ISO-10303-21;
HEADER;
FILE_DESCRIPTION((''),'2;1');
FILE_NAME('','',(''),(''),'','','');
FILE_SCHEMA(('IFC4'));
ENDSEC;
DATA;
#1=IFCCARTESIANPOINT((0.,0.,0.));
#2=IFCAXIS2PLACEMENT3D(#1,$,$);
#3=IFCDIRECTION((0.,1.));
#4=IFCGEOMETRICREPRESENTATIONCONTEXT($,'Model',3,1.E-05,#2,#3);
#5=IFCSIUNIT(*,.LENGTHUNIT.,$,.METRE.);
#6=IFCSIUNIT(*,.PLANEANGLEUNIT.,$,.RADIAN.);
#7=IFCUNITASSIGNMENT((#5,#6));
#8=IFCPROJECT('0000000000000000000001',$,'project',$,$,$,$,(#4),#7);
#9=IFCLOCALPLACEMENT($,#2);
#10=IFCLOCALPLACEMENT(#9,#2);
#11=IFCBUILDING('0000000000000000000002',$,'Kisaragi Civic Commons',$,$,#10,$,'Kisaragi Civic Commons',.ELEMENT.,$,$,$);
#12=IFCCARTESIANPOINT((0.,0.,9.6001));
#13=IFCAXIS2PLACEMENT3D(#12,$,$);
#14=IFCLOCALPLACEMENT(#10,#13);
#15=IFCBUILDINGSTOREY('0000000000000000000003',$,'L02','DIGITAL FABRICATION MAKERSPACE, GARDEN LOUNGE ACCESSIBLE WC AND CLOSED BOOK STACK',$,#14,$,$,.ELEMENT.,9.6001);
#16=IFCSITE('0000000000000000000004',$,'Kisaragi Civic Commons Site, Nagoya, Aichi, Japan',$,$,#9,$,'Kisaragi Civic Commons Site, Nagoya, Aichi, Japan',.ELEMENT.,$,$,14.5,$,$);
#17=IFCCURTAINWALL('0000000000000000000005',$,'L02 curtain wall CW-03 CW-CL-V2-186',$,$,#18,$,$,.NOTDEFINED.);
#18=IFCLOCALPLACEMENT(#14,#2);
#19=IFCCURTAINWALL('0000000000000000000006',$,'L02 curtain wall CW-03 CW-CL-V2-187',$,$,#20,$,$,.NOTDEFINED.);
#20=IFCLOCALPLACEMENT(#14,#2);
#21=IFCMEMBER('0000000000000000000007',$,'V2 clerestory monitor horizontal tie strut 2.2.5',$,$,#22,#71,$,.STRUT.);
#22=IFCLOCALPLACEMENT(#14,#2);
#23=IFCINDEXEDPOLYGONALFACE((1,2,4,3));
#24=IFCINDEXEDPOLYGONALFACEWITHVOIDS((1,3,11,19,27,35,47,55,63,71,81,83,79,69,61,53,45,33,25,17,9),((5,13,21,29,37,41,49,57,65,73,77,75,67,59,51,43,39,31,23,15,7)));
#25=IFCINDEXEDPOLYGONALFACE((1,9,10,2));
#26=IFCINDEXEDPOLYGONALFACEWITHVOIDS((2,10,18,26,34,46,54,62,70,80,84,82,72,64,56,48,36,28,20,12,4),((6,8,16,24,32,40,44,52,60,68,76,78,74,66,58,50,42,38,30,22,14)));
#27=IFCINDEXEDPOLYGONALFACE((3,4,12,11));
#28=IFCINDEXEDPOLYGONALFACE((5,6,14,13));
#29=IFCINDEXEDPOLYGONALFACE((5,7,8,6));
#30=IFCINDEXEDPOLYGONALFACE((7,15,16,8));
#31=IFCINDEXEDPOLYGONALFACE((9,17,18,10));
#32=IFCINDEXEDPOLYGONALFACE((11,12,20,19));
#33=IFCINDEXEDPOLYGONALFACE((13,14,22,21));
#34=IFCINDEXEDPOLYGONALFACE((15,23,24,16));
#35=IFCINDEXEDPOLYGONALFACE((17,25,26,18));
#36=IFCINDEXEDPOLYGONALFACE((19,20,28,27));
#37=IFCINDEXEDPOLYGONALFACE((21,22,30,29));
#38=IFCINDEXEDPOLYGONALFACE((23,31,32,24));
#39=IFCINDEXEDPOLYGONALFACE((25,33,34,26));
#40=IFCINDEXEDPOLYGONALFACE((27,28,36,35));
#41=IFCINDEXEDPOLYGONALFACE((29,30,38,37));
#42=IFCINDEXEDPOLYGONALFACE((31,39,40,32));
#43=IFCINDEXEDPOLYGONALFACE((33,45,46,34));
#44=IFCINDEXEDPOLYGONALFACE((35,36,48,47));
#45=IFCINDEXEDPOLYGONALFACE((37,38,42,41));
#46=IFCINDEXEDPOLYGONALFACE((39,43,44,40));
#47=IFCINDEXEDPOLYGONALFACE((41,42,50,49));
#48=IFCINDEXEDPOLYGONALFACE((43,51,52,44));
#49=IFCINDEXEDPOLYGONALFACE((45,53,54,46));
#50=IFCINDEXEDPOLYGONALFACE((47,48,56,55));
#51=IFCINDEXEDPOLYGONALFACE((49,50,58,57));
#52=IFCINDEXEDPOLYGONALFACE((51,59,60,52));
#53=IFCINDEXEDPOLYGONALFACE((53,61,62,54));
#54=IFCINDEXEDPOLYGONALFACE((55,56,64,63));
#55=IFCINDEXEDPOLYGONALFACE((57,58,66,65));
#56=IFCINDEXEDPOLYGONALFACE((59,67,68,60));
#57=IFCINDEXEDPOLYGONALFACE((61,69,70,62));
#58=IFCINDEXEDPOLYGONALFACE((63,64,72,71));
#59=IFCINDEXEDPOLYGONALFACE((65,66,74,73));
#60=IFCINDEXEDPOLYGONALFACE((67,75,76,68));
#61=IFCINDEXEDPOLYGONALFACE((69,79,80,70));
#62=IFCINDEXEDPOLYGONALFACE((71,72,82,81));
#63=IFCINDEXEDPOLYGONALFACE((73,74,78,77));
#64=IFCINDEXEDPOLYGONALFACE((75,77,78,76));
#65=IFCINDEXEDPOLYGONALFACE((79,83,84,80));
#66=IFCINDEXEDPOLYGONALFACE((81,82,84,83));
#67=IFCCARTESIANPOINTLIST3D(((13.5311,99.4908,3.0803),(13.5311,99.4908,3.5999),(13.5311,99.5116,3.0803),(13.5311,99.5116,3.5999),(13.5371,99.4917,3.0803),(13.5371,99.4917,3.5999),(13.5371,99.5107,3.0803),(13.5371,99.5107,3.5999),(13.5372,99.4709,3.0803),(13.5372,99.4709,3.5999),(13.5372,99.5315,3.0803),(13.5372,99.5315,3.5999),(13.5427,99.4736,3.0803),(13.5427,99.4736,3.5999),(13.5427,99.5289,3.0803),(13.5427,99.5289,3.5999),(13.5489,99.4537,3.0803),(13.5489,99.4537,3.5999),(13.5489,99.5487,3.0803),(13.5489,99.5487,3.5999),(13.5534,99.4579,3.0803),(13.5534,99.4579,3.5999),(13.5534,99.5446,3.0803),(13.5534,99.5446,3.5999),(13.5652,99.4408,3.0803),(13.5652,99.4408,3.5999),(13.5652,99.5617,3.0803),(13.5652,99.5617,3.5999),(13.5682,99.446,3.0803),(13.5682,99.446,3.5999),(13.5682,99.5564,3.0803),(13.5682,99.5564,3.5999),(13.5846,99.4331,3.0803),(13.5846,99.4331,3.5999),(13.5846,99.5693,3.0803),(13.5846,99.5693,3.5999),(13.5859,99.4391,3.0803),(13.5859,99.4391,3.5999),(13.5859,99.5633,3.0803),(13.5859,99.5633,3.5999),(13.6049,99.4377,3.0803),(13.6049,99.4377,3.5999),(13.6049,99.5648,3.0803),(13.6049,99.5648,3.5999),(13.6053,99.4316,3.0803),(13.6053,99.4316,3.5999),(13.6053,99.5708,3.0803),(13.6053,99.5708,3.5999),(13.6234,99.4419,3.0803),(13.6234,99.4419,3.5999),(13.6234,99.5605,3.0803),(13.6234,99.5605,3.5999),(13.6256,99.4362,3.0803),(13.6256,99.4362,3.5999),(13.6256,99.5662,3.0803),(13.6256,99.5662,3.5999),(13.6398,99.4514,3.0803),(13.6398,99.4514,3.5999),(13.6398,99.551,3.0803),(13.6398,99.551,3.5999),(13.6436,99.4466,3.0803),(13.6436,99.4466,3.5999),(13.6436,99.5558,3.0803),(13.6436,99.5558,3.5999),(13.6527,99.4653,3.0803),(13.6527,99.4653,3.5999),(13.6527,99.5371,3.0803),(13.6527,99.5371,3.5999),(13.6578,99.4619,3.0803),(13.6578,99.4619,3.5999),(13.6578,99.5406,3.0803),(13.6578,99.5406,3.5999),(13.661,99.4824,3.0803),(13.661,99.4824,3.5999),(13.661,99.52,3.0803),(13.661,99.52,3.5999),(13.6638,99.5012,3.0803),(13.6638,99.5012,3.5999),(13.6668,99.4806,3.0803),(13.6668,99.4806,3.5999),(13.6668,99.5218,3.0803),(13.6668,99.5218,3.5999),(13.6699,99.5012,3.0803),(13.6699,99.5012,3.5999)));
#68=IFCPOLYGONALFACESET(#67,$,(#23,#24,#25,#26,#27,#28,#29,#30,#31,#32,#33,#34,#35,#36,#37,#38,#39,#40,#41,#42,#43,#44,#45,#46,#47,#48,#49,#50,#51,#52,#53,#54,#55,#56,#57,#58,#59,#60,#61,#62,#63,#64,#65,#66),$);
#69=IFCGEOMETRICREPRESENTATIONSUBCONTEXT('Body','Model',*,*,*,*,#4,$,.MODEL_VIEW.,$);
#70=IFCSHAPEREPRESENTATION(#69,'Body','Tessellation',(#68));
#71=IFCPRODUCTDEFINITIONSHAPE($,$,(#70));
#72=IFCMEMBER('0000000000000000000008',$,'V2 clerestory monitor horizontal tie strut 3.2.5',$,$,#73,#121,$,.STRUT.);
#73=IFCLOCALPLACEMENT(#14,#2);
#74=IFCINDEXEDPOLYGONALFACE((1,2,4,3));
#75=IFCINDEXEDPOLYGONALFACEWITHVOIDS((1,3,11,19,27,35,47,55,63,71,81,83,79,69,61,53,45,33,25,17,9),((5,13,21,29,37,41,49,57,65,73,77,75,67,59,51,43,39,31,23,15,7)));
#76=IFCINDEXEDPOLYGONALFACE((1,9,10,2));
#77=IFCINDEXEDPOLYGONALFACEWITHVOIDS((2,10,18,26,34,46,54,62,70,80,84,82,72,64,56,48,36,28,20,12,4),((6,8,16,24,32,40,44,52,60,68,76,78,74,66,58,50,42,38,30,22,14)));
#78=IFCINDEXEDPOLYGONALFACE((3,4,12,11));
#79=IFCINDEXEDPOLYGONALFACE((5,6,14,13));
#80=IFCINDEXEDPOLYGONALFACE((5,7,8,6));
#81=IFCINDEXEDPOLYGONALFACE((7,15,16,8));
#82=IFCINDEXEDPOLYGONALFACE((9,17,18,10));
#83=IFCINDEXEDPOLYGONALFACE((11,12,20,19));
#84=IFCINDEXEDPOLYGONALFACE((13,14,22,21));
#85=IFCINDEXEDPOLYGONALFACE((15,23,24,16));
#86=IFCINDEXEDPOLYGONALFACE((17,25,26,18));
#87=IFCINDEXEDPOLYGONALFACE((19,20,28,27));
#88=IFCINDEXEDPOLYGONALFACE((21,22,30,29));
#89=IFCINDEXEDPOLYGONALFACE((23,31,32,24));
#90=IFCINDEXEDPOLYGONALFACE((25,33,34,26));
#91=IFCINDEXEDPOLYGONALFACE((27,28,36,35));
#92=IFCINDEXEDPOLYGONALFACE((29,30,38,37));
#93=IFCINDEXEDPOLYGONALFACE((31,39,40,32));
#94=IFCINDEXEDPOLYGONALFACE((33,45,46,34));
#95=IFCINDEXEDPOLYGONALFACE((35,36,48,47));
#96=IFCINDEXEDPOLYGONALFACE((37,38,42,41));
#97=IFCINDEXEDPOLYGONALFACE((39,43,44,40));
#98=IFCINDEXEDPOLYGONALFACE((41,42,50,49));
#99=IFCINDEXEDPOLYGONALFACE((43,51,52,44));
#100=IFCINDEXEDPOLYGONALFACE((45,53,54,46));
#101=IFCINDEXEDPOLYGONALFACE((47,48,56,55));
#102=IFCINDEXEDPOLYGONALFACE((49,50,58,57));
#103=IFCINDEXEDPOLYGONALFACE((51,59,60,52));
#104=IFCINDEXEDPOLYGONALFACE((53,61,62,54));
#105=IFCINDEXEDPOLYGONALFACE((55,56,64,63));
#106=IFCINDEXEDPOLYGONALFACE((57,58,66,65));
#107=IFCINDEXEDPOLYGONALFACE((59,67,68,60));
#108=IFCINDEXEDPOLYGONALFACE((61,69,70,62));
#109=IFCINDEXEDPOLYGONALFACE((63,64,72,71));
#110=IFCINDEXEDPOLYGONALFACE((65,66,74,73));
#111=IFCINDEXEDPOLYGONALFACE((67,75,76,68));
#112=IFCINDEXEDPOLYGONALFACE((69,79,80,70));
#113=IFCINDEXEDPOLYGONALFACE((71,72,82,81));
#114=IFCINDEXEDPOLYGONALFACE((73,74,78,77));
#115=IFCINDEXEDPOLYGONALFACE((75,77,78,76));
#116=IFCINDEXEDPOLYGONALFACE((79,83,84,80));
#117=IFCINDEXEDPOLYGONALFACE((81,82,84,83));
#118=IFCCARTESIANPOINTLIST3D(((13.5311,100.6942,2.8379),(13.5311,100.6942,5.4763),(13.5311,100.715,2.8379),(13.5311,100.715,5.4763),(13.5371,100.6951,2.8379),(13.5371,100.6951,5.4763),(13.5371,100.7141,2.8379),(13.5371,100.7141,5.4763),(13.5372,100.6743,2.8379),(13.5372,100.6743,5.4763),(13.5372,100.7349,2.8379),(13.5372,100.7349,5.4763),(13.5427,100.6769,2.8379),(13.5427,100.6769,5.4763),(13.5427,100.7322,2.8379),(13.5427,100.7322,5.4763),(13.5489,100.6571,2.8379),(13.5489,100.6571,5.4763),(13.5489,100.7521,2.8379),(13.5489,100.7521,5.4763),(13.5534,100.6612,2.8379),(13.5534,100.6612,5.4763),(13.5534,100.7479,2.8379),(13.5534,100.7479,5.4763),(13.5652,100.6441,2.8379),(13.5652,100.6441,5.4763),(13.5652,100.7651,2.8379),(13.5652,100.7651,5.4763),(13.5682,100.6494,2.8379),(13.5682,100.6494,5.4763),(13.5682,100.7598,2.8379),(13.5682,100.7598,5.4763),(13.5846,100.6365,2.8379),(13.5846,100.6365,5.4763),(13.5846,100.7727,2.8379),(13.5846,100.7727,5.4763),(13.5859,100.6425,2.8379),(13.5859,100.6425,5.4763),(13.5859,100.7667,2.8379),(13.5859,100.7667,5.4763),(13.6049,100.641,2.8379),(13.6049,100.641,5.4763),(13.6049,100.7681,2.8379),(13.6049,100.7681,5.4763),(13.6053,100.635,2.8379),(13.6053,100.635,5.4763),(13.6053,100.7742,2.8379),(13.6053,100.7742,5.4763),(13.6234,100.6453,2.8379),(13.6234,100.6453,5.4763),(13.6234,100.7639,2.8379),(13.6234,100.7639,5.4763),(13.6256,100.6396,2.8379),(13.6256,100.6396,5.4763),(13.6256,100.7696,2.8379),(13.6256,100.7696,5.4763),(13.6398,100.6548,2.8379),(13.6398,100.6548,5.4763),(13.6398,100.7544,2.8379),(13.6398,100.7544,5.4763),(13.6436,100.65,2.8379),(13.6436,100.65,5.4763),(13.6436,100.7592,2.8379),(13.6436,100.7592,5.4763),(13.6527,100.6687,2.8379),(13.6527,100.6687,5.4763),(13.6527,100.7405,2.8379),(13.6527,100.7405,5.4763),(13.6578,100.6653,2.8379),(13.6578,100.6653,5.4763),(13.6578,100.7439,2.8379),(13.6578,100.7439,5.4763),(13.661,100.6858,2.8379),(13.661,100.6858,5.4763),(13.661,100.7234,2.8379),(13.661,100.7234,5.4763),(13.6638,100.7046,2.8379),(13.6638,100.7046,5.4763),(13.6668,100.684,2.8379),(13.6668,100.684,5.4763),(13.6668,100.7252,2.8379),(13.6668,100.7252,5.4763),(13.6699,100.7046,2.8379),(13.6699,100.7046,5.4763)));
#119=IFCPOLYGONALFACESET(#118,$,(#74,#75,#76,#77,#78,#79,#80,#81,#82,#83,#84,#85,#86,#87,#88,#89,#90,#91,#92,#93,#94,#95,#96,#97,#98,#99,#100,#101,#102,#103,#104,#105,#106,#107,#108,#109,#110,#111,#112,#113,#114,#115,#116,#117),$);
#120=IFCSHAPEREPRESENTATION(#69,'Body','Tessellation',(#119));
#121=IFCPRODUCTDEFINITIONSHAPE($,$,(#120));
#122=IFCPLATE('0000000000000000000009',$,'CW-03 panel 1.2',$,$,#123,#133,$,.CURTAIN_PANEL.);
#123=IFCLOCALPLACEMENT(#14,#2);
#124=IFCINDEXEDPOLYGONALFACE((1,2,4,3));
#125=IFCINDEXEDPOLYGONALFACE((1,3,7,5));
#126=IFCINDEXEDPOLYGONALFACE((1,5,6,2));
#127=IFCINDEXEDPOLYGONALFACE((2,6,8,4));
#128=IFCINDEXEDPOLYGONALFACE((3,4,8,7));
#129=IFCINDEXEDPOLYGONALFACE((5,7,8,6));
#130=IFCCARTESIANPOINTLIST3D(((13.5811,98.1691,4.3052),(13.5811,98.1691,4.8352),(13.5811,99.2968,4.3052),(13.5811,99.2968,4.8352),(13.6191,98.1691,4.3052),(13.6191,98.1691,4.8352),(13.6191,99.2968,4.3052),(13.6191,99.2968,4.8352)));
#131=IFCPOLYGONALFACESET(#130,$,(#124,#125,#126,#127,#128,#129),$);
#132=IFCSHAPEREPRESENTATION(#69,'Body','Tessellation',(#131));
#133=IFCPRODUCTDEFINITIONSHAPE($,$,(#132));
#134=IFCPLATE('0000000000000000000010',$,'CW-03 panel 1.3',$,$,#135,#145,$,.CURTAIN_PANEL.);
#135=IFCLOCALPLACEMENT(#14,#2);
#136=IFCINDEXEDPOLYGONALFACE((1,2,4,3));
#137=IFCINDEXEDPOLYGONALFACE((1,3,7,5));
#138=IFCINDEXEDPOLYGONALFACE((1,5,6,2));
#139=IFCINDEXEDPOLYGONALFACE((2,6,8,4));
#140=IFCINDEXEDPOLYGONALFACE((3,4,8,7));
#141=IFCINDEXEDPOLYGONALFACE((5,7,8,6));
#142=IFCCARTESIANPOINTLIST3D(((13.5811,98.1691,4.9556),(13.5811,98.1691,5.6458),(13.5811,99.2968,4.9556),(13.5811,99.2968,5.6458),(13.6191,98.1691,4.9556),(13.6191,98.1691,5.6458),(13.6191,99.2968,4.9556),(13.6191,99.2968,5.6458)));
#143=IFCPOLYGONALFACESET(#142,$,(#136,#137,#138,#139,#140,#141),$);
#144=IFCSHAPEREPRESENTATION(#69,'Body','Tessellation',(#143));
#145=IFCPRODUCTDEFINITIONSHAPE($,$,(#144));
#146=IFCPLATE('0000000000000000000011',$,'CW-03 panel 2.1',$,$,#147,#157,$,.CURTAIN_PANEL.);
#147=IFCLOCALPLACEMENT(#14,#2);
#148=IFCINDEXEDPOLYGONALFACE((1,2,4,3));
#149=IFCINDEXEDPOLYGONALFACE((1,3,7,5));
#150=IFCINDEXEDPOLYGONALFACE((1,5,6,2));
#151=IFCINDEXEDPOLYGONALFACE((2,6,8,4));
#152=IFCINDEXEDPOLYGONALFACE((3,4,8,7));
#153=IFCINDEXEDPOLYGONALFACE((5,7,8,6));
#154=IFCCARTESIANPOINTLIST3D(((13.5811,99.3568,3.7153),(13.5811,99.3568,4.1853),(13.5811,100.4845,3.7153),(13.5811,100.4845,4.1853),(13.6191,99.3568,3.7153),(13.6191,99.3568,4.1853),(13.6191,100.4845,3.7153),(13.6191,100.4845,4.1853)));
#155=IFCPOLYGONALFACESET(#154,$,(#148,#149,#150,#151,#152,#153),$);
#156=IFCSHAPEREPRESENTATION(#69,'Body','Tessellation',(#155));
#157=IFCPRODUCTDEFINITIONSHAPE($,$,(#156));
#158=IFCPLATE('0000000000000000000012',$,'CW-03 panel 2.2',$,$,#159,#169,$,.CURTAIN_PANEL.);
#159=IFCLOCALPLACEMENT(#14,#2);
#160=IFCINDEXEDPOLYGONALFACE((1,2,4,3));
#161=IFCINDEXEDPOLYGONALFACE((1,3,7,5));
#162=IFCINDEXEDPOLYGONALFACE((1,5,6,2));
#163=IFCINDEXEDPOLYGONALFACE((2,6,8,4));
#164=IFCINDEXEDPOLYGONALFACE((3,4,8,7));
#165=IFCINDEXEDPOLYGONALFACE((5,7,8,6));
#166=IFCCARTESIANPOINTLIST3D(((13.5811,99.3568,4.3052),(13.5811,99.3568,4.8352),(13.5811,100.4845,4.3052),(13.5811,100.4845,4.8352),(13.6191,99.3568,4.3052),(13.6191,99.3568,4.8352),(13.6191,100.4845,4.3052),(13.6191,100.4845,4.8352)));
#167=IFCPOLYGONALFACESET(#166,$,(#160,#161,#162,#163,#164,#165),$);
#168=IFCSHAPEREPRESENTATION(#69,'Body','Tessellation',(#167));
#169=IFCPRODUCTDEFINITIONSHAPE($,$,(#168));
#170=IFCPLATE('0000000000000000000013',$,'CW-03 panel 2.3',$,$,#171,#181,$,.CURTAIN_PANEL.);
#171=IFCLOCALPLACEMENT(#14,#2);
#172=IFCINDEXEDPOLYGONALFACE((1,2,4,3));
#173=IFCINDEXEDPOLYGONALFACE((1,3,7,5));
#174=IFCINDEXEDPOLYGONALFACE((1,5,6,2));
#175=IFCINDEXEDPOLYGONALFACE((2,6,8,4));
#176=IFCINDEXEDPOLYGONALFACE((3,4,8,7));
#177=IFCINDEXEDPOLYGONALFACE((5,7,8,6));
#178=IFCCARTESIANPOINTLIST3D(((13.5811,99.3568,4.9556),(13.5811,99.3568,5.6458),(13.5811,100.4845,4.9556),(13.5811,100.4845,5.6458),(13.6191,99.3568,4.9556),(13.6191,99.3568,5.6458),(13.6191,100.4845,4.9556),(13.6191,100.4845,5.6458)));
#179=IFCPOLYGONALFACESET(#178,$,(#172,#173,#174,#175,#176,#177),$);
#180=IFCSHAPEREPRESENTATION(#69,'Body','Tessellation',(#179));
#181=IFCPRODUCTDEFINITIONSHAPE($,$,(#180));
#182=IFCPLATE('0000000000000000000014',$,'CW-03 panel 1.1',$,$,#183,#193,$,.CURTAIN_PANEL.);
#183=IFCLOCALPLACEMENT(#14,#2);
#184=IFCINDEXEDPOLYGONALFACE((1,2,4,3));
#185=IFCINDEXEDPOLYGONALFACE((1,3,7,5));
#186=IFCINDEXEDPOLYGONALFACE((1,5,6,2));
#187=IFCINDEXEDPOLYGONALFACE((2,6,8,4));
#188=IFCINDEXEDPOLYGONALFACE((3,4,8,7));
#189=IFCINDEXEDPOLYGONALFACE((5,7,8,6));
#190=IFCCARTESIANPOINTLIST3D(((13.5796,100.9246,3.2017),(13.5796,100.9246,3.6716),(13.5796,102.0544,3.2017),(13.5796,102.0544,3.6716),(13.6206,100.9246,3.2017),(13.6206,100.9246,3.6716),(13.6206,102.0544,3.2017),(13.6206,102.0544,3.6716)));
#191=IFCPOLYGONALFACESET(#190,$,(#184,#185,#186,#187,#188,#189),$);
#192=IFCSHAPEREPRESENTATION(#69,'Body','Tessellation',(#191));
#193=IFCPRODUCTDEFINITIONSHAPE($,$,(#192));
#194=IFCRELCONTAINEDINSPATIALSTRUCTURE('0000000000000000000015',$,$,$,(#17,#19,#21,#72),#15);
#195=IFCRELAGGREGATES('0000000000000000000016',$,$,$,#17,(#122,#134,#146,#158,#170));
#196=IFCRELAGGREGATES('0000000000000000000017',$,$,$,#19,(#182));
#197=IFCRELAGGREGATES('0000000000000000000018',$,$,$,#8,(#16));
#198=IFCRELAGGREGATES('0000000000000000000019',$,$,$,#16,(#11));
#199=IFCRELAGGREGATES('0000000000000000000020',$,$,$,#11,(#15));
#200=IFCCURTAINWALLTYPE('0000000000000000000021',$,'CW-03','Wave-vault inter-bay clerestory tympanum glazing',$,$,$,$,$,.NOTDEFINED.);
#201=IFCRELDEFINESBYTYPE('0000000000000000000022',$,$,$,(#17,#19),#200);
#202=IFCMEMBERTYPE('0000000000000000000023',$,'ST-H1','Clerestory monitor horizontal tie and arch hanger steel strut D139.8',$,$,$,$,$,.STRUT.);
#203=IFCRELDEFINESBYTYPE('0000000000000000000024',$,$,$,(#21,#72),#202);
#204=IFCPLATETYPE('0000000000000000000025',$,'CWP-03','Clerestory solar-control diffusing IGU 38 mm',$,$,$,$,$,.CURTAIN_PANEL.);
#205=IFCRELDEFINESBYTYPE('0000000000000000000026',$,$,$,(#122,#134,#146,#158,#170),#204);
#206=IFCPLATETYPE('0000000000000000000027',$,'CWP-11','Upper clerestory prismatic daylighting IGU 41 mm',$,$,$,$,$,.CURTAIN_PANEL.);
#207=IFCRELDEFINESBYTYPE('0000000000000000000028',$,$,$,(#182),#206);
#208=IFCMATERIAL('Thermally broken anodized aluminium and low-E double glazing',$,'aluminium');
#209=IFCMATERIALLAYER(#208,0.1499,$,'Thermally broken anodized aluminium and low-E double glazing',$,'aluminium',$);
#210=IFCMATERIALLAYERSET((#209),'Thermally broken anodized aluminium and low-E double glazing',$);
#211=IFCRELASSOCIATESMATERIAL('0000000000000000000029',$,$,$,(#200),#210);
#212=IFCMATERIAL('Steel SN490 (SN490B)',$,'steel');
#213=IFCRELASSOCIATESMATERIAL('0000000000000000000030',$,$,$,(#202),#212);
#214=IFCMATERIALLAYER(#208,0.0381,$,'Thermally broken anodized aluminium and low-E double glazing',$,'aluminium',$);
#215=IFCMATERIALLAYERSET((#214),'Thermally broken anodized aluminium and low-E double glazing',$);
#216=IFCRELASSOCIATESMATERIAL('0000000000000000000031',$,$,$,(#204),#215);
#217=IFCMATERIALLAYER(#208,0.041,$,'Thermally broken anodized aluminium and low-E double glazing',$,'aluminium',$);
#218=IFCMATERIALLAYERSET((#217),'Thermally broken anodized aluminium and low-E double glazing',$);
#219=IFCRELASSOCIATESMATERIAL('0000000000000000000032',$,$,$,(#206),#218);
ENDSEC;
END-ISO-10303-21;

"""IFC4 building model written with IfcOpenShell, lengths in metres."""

from ifc_helpers import new_model, si_unit, direction, frame, origin, origin_2d, place, context, subcontext, project, spatial, rectangle, hollow_circle, extrude, material, layer, layer_set, material_profile, profile_set, type_object, element, aggregate, save


model = new_model("IFC4")

# Units and contexts
model_context = context("Model", 3, precision=1e-05, world=origin(), true_north=direction((0.0, 1.0)))
body_context = subcontext(model_context, "Body", "Model", "MODEL_VIEW")
ifc_project = project(units=[si_unit("LENGTHUNIT", "METRE"), si_unit("PLANEANGLEUNIT", "RADIAN")], contexts=[model_context])

# Site, building, storey
site_placement = place(None, origin())
site = spatial("IfcSite", under=ifc_project, at=site_placement, Name="Kisaragi Civic Commons Site, Nagoya, Aichi, Japan", LongName="Kisaragi Civic Commons Site, Nagoya, Aichi, Japan", CompositionType="ELEMENT", RefElevation=14.5)
building_placement = place(site_placement, origin())
building = spatial("IfcBuilding", under=site, at=building_placement, Name="Kisaragi Civic Commons", LongName="Kisaragi Civic Commons", CompositionType="ELEMENT")
storey_placement = place(building_placement, frame((0.0, 0.0, 9.6001)))
storey = spatial("IfcBuildingStorey", under=building, at=storey_placement, Name="L02", Description="DIGITAL FABRICATION MAKERSPACE, GARDEN LOUNGE ACCESSIBLE WC AND CLOSED BOOK STACK", CompositionType="ELEMENT", Elevation=9.6001)

# Curtain walls
ifc_material_1 = material(Name="Thermally broken anodized aluminium and low-E double glazing", Category="aluminium")
ifc_layer_1 = layer(ifc_material_1, 0.1499, Name="Thermally broken anodized aluminium and low-E double glazing", Category="aluminium")
ifc_layer_set_1 = layer_set([ifc_layer_1], Name="Thermally broken anodized aluminium and low-E double glazing")
curtain_wall_type = type_object("IfcCurtainWallType", Name="CW-03", Description="Wave-vault inter-bay clerestory tympanum glazing", PredefinedType="NOTDEFINED", material=ifc_layer_set_1)
curtain_wall_1_placement = place(storey_placement, origin())
curtain_wall_1 = element("IfcCurtainWall", 1, at=curtain_wall_1_placement, inside=storey, type_object=curtain_wall_type, Name="L02 curtain wall CW-03 CW-CL-V2-186", PredefinedType="NOTDEFINED")
curtain_wall_2_placement = place(storey_placement, origin())
curtain_wall_2 = element("IfcCurtainWall", 2, at=curtain_wall_2_placement, inside=storey, type_object=curtain_wall_type, Name="L02 curtain wall CW-03 CW-CL-V2-187", PredefinedType="NOTDEFINED")

# Members
ifc_material_2 = material(Name="Steel SN490 (SN490B)", Category="steel")
ifc_material_profile_1 = material_profile(ifc_material_2, hollow_circle(Radius=0.0698, WallThickness=0.0061, at=origin_2d()), Name="CHS-139.8x6.0", Category="steel")
ifc_profile_set_1 = profile_set([ifc_material_profile_1], Name="Steel SN490 (SN490B)")
member_type_1 = type_object("IfcMemberType", Name="ST-H1", Description="Clerestory monitor horizontal tie and arch hanger steel strut D139.8", PredefinedType="STRUT", material=ifc_profile_set_1)
member_1_placement = place(storey_placement, frame((13.6001, 99.5012, 3.0803), z_axis=(0.0, 0.0, 1.0), x_axis=(1.0, 0.0, 0.0)))
element("IfcMember", 3, at=member_1_placement, inside=storey, type_object=member_type_1, Name="V2 clerestory monitor horizontal tie strut 2.2.5", PredefinedType="STRUT", context=body_context, shape_type="SweptSolid", body=[
    extrude(hollow_circle(Radius=0.0698, WallThickness=0.0061, at=origin_2d()), origin(), (0.0, 0.0, 1.0), 0.5195),
])
member_2_placement = place(storey_placement, frame((13.6001, 100.7046, 2.8379), z_axis=(0.0, 0.0, 1.0), x_axis=(1.0, 0.0, 0.0)))
element("IfcMember", 4, at=member_2_placement, inside=storey, type_object=member_type_1, Name="V2 clerestory monitor horizontal tie strut 3.2.5", PredefinedType="STRUT", context=body_context, shape_type="SweptSolid", body=[
    extrude(hollow_circle(Radius=0.0698, WallThickness=0.0061, at=origin_2d()), origin(), (0.0, 0.0, 1.0), 2.6384),
])

# Plates
ifc_layer_2 = layer(ifc_material_1, 0.0381, Name="Thermally broken anodized aluminium and low-E double glazing", Category="aluminium")
ifc_layer_set_2 = layer_set([ifc_layer_2], Name="Thermally broken anodized aluminium and low-E double glazing")
plate_type_1 = type_object("IfcPlateType", Name="CWP-03", Description="Clerestory solar-control diffusing IGU 38 mm", PredefinedType="CURTAIN_PANEL", material=ifc_layer_set_2)
plate_1_placement = place(storey_placement, frame((13.6001, 98.7329, 4.3052), z_axis=(0.0, 0.0, 1.0), x_axis=(0.0, 1.0, 0.0)))
plate_1 = element("IfcPlate", 5, at=plate_1_placement, type_object=plate_type_1, Name="CW-03 panel 1.2", PredefinedType="CURTAIN_PANEL", context=body_context, shape_type="SweptSolid", body=[
    extrude(rectangle(XDim=1.1277, YDim=0.0381, at=origin_2d()), origin(), (0.0, 0.0, 1.0), 0.53),
])
plate_2_placement = place(storey_placement, frame((13.6001, 98.7329, 4.9556), z_axis=(0.0, 0.0, 1.0), x_axis=(0.0, 1.0, 0.0)))
plate_2 = element("IfcPlate", 6, at=plate_2_placement, type_object=plate_type_1, Name="CW-03 panel 1.3", PredefinedType="CURTAIN_PANEL", context=body_context, shape_type="SweptSolid", body=[
    extrude(rectangle(XDim=1.1277, YDim=0.0381, at=origin_2d()), origin(), (0.0, 0.0, 1.0), 0.6902),
])
plate_3_placement = place(storey_placement, frame((13.6001, 99.9207, 3.7153), z_axis=(0.0, 0.0, 1.0), x_axis=(0.0, 1.0, 0.0)))
plate_3 = element("IfcPlate", 7, at=plate_3_placement, type_object=plate_type_1, Name="CW-03 panel 2.1", PredefinedType="CURTAIN_PANEL", context=body_context, shape_type="SweptSolid", body=[
    extrude(rectangle(XDim=1.1277, YDim=0.0381, at=origin_2d()), origin(), (0.0, 0.0, 1.0), 0.47),
])
plate_4_placement = place(storey_placement, frame((13.6001, 99.9207, 4.3052), z_axis=(0.0, 0.0, 1.0), x_axis=(0.0, 1.0, 0.0)))
plate_4 = element("IfcPlate", 8, at=plate_4_placement, type_object=plate_type_1, Name="CW-03 panel 2.2", PredefinedType="CURTAIN_PANEL", context=body_context, shape_type="SweptSolid", body=[
    extrude(rectangle(XDim=1.1277, YDim=0.0381, at=origin_2d()), origin(), (0.0, 0.0, 1.0), 0.53),
])
plate_5_placement = place(storey_placement, frame((13.6001, 99.9207, 4.9556), z_axis=(0.0, 0.0, 1.0), x_axis=(0.0, 1.0, 0.0)))
plate_5 = element("IfcPlate", 9, at=plate_5_placement, type_object=plate_type_1, Name="CW-03 panel 2.3", PredefinedType="CURTAIN_PANEL", context=body_context, shape_type="SweptSolid", body=[
    extrude(rectangle(XDim=1.1277, YDim=0.0381, at=origin_2d()), origin(), (0.0, 0.0, 1.0), 0.6902),
])
aggregate(curtain_wall_1, [plate_1, plate_2, plate_3, plate_4, plate_5])
ifc_layer_3 = layer(ifc_material_1, 0.041, Name="Thermally broken anodized aluminium and low-E double glazing", Category="aluminium")
ifc_layer_set_3 = layer_set([ifc_layer_3], Name="Thermally broken anodized aluminium and low-E double glazing")
plate_type_2 = type_object("IfcPlateType", Name="CWP-11", Description="Upper clerestory prismatic daylighting IGU 41 mm", PredefinedType="CURTAIN_PANEL", material=ifc_layer_set_3)
plate_6_placement = place(storey_placement, frame((13.6001, 101.4895, 3.2017), z_axis=(0.0, 0.0, 1.0), x_axis=(0.0, 1.0, 0.0)))
plate_6 = element("IfcPlate", 10, at=plate_6_placement, type_object=plate_type_2, Name="CW-03 panel 1.1", PredefinedType="CURTAIN_PANEL", context=body_context, shape_type="SweptSolid", body=[
    extrude(rectangle(XDim=1.1299, YDim=0.041, at=origin_2d()), origin(), (0.0, 0.0, 1.0), 0.47),
])
aggregate(curtain_wall_2, [plate_6])

save(model, "model.ifc")
